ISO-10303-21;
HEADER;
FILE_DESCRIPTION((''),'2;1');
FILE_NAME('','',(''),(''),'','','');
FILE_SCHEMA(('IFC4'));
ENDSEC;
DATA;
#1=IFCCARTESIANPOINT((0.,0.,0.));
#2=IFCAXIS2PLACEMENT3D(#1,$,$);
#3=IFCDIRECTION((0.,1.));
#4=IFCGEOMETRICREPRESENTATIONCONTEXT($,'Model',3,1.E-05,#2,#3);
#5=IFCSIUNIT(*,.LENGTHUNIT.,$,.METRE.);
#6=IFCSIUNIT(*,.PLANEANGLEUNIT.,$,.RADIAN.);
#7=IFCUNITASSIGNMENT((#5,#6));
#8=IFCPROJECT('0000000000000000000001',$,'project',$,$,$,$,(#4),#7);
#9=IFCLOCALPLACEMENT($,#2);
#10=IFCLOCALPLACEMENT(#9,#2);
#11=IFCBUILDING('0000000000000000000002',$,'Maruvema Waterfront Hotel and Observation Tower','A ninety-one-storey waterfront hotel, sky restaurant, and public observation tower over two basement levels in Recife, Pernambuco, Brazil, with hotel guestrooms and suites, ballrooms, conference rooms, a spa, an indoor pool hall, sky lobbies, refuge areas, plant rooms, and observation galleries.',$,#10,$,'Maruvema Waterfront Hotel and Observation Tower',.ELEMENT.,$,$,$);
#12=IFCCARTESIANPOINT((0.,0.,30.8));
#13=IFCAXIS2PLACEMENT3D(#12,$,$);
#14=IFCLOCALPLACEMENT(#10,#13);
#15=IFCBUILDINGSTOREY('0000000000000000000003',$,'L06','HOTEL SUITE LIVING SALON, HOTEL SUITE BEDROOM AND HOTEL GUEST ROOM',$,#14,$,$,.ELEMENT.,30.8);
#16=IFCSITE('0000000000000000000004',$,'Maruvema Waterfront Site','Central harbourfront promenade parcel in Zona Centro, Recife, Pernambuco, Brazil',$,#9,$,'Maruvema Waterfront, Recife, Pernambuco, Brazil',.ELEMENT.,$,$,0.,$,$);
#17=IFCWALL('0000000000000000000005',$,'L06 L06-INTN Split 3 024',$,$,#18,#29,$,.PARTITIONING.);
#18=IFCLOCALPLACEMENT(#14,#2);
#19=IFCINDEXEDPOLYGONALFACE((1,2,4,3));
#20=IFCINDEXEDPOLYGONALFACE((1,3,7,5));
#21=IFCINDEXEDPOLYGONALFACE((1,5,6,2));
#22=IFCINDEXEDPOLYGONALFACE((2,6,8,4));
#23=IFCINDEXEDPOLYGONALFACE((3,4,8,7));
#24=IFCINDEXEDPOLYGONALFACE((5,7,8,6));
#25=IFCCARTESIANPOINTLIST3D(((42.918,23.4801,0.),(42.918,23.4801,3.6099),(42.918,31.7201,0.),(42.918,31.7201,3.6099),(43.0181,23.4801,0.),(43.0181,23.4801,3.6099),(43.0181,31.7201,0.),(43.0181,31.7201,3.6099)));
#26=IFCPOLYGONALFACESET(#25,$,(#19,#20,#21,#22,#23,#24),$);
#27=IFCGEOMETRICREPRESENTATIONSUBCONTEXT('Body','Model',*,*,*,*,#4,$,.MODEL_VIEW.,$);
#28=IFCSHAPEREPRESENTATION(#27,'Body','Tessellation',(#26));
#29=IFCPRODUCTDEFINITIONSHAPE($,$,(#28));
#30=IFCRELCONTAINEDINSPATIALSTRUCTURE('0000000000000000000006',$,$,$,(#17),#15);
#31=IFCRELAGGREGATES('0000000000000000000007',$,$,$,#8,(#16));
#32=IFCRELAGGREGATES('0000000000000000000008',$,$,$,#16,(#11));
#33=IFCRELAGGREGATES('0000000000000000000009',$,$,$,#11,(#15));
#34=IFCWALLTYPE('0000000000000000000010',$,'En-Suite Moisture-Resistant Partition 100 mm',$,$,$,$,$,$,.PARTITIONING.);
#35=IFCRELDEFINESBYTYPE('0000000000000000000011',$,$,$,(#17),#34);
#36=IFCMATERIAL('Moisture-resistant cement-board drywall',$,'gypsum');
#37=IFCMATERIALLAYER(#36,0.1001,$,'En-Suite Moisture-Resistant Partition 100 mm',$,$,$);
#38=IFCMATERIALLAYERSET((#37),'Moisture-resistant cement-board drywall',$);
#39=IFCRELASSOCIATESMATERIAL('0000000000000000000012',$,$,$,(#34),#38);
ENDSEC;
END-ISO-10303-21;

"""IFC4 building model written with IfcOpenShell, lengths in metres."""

from ifc_helpers import new_model, si_unit, direction, frame, frame_2d, origin, place, context, subcontext, project, spatial, rectangle, extrude, material, layer, layer_set, type_object, element, save


model = new_model("IFC4")

# Units and contexts
model_context = context("Model", 3, precision=1e-05, world=origin(), true_north=direction((0.0, 1.0)))
body_context = subcontext(model_context, "Body", "Model", "MODEL_VIEW")
ifc_project = project(units=[si_unit("LENGTHUNIT", "METRE"), si_unit("PLANEANGLEUNIT", "RADIAN")], contexts=[model_context])

# Site, building, storey
site_placement = place(None, origin())
site = spatial("IfcSite", under=ifc_project, at=site_placement, Name="Maruvema Waterfront Site", Description="Central harbourfront promenade parcel in Zona Centro, Recife, Pernambuco, Brazil", LongName="Maruvema Waterfront, Recife, Pernambuco, Brazil", CompositionType="ELEMENT", RefElevation=0.0)
building_placement = place(site_placement, origin())
building = spatial("IfcBuilding", under=site, at=building_placement, Name="Maruvema Waterfront Hotel and Observation Tower", Description="A ninety-one-storey waterfront hotel, sky restaurant, and public observation tower over two basement levels in Recife, Pernambuco, Brazil, with hotel guestrooms and suites, ballrooms, conference rooms, a spa, an indoor pool hall, sky lobbies, refuge areas, plant rooms, and observation galleries.", LongName="Maruvema Waterfront Hotel and Observation Tower", CompositionType="ELEMENT")
storey_placement = place(building_placement, frame((0.0, 0.0, 30.8)))
storey = spatial("IfcBuildingStorey", under=building, at=storey_placement, Name="L06", Description="HOTEL SUITE LIVING SALON, HOTEL SUITE BEDROOM AND HOTEL GUEST ROOM", CompositionType="ELEMENT", Elevation=30.8)

# Wall
ifc_material_1 = material(Name="Moisture-resistant cement-board drywall", Category="gypsum")
ifc_layer_1 = layer(ifc_material_1, 0.1001, Name="En-Suite Moisture-Resistant Partition 100 mm")
ifc_layer_set_1 = layer_set([ifc_layer_1], Name="Moisture-resistant cement-board drywall")
wall_type_1 = type_object("IfcWallType", Name="En-Suite Moisture-Resistant Partition 100 mm", PredefinedType="PARTITIONING", material=ifc_layer_set_1)
wall_1_placement = place(storey_placement, frame((42.968, 23.48, 0.0), z_axis=(0.0, 0.0, 1.0), x_axis=(0.0, 1.0, 0.0)))
element("IfcWall", 1, at=wall_1_placement, inside=storey, type_object=wall_type_1, Name="L06 L06-INTN Split 3 024", PredefinedType="PARTITIONING", context=body_context, shape_type="SweptSolid", body=[
    extrude(rectangle(XDim=8.24, YDim=0.1001, at=frame_2d((4.1201, 0.0))), origin(), (0.0, 0.0, 1.0), 3.6099),
])

save(model, "model.ifc")
